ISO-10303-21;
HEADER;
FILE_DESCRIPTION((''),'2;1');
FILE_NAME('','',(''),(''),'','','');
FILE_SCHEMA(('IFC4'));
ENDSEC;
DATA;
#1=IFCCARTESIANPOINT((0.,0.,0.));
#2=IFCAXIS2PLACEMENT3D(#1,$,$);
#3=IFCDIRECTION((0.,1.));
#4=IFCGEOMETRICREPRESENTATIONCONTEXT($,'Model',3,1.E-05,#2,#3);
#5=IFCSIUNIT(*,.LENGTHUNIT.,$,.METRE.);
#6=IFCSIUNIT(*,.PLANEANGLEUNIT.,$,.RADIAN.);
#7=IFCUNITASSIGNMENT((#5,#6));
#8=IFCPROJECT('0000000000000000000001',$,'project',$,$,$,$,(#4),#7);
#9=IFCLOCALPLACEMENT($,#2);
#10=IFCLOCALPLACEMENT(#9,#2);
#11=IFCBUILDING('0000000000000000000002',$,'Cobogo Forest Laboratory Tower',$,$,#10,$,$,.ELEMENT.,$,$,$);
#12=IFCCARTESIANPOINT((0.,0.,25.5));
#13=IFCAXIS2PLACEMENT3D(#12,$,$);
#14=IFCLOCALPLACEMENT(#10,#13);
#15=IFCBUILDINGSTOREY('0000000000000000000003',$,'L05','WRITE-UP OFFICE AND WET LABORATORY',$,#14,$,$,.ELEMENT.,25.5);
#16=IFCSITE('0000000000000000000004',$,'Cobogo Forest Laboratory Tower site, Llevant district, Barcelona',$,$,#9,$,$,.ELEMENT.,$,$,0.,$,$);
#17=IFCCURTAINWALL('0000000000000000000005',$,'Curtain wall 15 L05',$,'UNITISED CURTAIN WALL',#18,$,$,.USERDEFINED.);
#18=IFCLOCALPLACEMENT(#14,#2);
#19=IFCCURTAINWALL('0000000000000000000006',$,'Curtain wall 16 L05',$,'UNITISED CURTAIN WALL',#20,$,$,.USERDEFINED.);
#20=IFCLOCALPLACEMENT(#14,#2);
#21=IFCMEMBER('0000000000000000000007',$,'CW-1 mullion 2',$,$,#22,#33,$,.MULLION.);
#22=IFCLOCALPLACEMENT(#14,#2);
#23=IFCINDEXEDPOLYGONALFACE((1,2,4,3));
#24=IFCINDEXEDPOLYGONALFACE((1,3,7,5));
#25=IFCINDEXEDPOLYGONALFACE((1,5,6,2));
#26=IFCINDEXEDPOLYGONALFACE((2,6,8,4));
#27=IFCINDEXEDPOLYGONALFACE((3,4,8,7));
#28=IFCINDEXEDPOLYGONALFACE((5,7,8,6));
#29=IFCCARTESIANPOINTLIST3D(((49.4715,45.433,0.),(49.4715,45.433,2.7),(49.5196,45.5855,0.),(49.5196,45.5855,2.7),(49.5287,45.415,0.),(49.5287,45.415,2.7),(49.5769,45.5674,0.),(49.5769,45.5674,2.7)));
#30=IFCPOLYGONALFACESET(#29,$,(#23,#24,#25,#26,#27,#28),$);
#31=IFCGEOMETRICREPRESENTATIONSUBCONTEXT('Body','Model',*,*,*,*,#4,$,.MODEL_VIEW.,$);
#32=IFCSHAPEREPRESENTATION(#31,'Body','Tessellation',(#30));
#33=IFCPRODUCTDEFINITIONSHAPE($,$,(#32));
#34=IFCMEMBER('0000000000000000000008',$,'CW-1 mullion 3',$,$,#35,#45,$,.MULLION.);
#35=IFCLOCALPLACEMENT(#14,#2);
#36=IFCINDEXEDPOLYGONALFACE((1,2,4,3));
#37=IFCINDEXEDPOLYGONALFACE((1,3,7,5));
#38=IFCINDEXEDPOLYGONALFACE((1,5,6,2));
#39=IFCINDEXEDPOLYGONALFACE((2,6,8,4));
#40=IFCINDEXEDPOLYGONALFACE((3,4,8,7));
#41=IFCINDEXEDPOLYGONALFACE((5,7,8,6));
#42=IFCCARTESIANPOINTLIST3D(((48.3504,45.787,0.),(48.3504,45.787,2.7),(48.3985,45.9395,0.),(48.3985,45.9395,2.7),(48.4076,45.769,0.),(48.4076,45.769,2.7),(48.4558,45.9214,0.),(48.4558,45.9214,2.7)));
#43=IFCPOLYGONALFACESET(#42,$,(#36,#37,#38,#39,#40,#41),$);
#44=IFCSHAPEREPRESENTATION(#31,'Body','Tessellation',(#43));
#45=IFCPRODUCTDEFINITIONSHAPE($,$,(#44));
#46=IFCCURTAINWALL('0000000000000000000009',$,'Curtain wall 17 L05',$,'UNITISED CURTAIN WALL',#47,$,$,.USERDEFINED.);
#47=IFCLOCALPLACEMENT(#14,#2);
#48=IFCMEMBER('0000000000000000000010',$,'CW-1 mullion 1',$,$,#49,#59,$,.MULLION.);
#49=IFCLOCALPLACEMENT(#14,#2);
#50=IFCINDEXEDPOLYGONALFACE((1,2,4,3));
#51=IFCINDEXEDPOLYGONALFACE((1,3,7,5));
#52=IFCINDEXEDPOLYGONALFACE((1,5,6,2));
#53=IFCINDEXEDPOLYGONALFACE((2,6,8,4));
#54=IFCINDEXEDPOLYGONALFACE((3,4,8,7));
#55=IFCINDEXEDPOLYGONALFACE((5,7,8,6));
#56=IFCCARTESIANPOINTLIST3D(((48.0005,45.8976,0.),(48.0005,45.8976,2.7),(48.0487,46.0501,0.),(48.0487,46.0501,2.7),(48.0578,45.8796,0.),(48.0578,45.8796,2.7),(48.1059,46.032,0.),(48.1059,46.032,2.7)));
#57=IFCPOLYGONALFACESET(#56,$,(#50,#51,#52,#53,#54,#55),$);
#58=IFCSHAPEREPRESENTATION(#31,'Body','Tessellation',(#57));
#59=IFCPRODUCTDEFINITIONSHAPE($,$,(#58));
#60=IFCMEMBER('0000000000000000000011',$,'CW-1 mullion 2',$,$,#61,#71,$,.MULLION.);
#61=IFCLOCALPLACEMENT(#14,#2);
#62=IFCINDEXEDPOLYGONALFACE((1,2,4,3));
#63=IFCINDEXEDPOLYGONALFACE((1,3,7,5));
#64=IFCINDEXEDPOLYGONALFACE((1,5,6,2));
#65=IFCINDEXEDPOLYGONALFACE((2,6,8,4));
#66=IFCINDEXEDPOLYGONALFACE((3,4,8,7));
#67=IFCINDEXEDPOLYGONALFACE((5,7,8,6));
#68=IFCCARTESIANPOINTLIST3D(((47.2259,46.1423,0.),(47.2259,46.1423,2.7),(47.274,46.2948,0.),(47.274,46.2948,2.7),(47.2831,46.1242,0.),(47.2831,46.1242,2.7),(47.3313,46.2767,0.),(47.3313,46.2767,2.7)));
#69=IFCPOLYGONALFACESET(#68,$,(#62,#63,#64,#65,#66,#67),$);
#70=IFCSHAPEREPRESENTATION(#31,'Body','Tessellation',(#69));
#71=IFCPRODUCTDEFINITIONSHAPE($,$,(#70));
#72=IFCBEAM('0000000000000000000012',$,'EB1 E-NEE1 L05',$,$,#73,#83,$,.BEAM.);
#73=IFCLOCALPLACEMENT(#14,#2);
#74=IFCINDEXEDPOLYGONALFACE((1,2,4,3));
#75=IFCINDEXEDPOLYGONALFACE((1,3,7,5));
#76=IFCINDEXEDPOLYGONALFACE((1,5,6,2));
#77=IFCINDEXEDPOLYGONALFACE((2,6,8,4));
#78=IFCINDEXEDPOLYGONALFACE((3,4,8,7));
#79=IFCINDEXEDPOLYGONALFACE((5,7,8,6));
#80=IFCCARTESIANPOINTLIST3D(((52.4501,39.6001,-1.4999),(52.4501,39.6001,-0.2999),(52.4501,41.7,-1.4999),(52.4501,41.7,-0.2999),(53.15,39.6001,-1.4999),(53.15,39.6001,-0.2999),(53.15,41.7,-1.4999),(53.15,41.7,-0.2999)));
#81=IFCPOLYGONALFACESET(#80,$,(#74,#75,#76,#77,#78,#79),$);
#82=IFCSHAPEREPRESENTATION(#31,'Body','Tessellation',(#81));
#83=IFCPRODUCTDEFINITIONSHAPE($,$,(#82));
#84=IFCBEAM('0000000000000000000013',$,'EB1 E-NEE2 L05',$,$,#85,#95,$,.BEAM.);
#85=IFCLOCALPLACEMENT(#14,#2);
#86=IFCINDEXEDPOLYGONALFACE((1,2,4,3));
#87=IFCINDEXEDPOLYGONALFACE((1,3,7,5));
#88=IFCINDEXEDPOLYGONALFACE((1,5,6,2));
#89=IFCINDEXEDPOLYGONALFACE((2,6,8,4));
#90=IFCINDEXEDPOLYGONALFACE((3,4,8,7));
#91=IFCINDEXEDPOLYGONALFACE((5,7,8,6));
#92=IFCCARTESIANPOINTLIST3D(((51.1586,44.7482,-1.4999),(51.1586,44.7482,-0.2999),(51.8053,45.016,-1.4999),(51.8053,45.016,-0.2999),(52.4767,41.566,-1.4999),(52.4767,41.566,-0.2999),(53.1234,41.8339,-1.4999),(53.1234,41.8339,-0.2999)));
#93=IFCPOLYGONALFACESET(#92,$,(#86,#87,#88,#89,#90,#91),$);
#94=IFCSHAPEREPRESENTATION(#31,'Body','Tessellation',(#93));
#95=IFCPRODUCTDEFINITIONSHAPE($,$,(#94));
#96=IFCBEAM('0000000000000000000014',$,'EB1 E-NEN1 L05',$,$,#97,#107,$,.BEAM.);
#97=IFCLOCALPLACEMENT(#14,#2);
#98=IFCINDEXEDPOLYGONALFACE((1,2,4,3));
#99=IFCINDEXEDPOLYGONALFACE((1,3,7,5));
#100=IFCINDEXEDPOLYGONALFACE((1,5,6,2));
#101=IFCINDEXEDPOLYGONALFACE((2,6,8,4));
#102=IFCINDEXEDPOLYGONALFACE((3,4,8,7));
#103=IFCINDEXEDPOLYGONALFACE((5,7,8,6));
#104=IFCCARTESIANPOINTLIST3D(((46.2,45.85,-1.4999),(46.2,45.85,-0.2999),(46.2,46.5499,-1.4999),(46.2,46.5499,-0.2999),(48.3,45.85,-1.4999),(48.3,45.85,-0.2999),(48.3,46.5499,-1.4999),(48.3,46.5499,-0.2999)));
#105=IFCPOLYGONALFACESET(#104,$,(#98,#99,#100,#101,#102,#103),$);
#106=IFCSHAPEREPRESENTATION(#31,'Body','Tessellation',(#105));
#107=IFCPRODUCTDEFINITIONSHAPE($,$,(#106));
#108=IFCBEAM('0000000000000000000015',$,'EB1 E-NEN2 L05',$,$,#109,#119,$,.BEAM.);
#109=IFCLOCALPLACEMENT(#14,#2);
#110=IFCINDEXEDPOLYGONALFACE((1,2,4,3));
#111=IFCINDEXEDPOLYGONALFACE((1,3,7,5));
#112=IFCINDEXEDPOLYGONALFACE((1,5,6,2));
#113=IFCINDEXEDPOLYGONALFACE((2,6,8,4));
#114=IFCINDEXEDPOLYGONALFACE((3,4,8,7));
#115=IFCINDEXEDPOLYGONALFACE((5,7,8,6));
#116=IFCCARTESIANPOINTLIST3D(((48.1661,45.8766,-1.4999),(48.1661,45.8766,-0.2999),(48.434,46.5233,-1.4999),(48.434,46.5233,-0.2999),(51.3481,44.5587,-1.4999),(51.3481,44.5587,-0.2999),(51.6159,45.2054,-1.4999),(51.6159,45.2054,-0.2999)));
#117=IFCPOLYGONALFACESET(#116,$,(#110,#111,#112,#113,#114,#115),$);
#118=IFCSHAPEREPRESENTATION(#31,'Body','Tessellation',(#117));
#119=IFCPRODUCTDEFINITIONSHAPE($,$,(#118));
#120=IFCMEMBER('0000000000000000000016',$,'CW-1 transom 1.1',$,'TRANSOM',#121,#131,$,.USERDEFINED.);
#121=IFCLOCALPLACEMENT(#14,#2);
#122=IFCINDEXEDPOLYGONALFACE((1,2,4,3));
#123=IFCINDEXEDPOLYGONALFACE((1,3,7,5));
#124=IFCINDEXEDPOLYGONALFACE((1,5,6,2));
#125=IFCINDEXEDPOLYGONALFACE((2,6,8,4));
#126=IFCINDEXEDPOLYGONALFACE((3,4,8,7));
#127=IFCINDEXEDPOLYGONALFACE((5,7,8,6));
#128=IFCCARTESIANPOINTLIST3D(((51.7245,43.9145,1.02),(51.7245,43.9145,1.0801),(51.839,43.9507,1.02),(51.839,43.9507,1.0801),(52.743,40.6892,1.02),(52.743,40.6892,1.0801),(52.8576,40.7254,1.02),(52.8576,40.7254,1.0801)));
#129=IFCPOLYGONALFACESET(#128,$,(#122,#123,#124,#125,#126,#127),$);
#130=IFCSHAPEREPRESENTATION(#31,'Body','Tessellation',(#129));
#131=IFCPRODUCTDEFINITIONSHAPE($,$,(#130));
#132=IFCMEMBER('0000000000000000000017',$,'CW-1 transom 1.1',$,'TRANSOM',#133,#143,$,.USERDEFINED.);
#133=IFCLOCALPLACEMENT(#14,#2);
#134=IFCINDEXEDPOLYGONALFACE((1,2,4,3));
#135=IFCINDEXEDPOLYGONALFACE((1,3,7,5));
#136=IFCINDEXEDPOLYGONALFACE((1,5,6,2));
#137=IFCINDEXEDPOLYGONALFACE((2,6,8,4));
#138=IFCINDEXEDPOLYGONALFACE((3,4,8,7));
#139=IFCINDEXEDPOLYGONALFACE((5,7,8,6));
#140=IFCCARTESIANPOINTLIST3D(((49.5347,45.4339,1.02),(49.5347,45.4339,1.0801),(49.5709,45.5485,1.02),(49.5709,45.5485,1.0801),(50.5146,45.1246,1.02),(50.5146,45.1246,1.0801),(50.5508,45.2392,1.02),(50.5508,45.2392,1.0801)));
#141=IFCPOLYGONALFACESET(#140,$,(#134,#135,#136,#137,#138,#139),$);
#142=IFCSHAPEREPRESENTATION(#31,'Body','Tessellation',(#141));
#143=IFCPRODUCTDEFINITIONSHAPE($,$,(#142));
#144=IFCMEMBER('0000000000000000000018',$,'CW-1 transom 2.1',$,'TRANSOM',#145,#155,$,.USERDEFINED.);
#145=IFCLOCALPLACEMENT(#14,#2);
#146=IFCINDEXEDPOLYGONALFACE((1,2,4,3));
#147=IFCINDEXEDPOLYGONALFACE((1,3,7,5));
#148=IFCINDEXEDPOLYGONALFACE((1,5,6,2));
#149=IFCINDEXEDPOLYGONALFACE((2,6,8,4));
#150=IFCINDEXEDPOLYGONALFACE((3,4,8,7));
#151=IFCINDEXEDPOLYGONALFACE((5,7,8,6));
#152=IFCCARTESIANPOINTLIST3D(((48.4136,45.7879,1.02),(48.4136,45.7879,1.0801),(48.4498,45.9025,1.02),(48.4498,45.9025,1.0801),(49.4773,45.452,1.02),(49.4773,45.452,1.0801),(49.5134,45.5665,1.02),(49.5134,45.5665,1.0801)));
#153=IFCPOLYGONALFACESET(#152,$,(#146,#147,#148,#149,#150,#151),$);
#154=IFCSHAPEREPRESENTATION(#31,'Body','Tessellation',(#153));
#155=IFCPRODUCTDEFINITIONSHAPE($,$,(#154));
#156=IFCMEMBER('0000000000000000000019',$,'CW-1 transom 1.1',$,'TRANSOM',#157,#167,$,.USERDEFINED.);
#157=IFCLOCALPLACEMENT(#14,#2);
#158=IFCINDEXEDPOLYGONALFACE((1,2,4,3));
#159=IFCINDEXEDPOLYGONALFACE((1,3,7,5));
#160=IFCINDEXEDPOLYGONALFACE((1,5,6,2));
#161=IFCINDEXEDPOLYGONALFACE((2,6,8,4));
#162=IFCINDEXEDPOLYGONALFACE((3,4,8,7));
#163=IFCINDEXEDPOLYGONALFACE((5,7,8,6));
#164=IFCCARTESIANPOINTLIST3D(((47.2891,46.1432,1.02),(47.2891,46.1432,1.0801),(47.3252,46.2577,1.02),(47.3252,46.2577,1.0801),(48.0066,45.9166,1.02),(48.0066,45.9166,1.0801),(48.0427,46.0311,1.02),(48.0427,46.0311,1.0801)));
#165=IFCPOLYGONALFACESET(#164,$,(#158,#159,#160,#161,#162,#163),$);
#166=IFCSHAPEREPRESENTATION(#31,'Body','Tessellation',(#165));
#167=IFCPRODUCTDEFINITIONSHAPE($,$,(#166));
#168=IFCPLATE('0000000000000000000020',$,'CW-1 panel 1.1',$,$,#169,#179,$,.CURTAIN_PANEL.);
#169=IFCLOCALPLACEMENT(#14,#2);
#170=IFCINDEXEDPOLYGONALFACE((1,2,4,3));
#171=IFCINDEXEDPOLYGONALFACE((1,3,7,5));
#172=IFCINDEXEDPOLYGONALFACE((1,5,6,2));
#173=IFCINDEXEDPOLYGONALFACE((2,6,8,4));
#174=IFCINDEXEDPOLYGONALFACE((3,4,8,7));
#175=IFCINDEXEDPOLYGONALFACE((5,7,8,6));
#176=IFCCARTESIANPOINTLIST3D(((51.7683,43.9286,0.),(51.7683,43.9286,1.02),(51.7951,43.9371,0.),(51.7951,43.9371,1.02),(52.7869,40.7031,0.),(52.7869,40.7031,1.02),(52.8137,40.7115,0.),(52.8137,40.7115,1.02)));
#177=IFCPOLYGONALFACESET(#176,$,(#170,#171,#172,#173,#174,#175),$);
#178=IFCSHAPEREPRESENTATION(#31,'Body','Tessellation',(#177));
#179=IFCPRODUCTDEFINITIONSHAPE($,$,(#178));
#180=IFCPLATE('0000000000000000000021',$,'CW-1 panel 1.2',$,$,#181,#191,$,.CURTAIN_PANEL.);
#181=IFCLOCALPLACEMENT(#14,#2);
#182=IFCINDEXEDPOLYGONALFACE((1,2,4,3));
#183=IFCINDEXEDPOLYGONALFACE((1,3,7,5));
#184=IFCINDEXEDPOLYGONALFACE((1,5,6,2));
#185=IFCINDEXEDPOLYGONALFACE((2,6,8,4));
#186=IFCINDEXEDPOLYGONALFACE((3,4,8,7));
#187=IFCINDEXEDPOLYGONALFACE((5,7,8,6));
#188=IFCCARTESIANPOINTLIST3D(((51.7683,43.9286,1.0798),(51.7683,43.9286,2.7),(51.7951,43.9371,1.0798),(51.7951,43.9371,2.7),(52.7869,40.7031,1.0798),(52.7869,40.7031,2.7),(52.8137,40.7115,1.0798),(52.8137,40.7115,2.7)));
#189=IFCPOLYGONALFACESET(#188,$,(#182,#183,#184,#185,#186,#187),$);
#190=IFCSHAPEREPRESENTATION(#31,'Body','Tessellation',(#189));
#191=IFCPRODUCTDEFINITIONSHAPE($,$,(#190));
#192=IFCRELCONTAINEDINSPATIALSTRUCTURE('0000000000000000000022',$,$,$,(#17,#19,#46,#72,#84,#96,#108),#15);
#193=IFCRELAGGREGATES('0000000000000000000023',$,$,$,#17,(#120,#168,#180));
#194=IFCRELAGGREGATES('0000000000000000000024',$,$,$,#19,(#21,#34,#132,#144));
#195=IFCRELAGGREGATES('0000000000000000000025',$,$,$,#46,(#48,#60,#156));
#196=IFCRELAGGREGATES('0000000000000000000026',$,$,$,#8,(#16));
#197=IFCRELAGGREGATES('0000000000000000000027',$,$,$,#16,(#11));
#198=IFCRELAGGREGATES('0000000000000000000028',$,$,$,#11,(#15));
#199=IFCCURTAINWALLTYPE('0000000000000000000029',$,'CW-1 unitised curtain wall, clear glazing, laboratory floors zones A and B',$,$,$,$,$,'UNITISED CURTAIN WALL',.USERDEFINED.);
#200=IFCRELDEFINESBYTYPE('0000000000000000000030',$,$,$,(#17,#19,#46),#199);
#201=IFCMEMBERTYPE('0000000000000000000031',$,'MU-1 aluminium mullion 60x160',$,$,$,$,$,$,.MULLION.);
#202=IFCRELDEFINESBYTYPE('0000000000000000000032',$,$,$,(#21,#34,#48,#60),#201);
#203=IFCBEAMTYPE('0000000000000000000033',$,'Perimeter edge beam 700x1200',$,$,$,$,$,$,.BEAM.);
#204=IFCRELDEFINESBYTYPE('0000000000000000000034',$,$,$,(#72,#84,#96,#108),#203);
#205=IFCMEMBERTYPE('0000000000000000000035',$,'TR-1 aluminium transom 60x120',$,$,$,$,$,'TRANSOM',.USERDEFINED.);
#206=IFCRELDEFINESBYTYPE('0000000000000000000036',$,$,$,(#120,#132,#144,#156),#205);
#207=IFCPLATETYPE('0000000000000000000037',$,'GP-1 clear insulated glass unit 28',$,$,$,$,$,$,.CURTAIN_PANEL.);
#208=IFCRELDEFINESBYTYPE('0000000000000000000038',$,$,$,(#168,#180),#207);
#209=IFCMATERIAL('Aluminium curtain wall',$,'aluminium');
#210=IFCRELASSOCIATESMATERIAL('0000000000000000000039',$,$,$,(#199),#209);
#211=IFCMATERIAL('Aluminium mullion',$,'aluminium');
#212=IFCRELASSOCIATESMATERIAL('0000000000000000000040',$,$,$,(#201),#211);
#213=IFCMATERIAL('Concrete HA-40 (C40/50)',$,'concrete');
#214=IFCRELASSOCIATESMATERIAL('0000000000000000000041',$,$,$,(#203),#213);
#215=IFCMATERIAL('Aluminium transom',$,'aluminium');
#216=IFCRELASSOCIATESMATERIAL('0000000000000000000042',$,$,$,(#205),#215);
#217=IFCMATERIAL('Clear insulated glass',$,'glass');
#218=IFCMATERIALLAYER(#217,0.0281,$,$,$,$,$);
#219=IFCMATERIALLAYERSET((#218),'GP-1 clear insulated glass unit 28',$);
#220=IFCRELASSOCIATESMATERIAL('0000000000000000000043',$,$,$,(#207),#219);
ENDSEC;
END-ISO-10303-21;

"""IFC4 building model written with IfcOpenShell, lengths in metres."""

from ifc_helpers import new_model, si_unit, direction, frame, origin, origin_2d, place, context, subcontext, project, spatial, rectangle, extrude, material, layer, layer_set, material_profile, profile_set, type_object, element, aggregate, save


model = new_model("IFC4")

# Units and contexts
model_context = context("Model", 3, precision=1e-05, world=origin(), true_north=direction((0.0, 1.0)))
body_context = subcontext(model_context, "Body", "Model", "MODEL_VIEW")
ifc_project = project(units=[si_unit("LENGTHUNIT", "METRE"), si_unit("PLANEANGLEUNIT", "RADIAN")], contexts=[model_context])

# Site, building, storey
site_placement = place(None, origin())
site = spatial("IfcSite", under=ifc_project, at=site_placement, Name="Cobogo Forest Laboratory Tower site, Llevant district, Barcelona", CompositionType="ELEMENT", RefElevation=0.0)
building_placement = place(site_placement, origin())
building = spatial("IfcBuilding", under=site, at=building_placement, Name="Cobogo Forest Laboratory Tower", CompositionType="ELEMENT")
storey_placement = place(building_placement, frame((0.0, 0.0, 25.5)))
storey = spatial("IfcBuildingStorey", under=building, at=storey_placement, Name="L05", Description="WRITE-UP OFFICE AND WET LABORATORY", CompositionType="ELEMENT", Elevation=25.5)

# Shared definitions
ifc_material_1 = material(Name="Concrete HA-40 (C40/50)", Category="concrete")

# Curtain walls, members
ifc_material_2 = material(Name="Aluminium curtain wall", Category="aluminium")
curtain_wall_type = type_object("IfcCurtainWallType", Name="CW-1 unitised curtain wall, clear glazing, laboratory floors zones A and B", ElementType="UNITISED CURTAIN WALL", PredefinedType="USERDEFINED", material=ifc_material_2)
curtain_wall_1_placement = place(storey_placement, origin())
curtain_wall_1 = element("IfcCurtainWall", 1, at=curtain_wall_1_placement, inside=storey, type_object=curtain_wall_type, Name="Curtain wall 15 L05", ObjectType="UNITISED CURTAIN WALL", PredefinedType="USERDEFINED")
ifc_material_3 = material(Name="Aluminium mullion", Category="aluminium")
ifc_material_profile_1 = material_profile(ifc_material_3, rectangle(XDim=0.0601, YDim=0.1599, at=origin_2d()), Name="AL 60x160")
ifc_profile_set_1 = profile_set([ifc_material_profile_1], Name="Aluminium mullion")
member_type_1 = type_object("IfcMemberType", Name="MU-1 aluminium mullion 60x160", PredefinedType="MULLION", material=ifc_profile_set_1)
curtain_wall_2_placement = place(storey_placement, origin())
curtain_wall_2 = element("IfcCurtainWall", 2, at=curtain_wall_2_placement, inside=storey, type_object=curtain_wall_type, Name="Curtain wall 16 L05", ObjectType="UNITISED CURTAIN WALL", PredefinedType="USERDEFINED")
member_1_placement = place(storey_placement, frame((49.5242, 45.5002, 0.0), z_axis=(0.0, 0.0, 1.0), x_axis=(-0.953581, 0.301135, 0.0)))
member_1 = element("IfcMember", 3, at=member_1_placement, type_object=member_type_1, Name="CW-1 mullion 2", PredefinedType="MULLION", context=body_context, shape_type="SweptSolid", body=[
    extrude(rectangle(XDim=0.0601, YDim=0.1599, at=origin_2d()), origin(), (0.0, 0.0, 1.0), 2.7),
])
member_2_placement = place(storey_placement, frame((48.4031, 45.8542, 0.0), z_axis=(0.0, 0.0, 1.0), x_axis=(-0.953581, 0.301135, 0.0)))
member_2 = element("IfcMember", 4, at=member_2_placement, type_object=member_type_1, Name="CW-1 mullion 3", PredefinedType="MULLION", context=body_context, shape_type="SweptSolid", body=[
    extrude(rectangle(XDim=0.0601, YDim=0.1599, at=origin_2d()), origin(), (0.0, 0.0, 1.0), 2.7),
])
curtain_wall_3_placement = place(storey_placement, origin())
curtain_wall_3 = element("IfcCurtainWall", 5, at=curtain_wall_3_placement, inside=storey, type_object=curtain_wall_type, Name="Curtain wall 17 L05", ObjectType="UNITISED CURTAIN WALL", PredefinedType="USERDEFINED")
member_3_placement = place(storey_placement, frame((48.0532, 45.9648, 0.0), z_axis=(0.0, 0.0, 1.0), x_axis=(-0.953582, 0.301135, 0.0)))
member_3 = element("IfcMember", 6, at=member_3_placement, type_object=member_type_1, Name="CW-1 mullion 1", PredefinedType="MULLION", context=body_context, shape_type="SweptSolid", body=[
    extrude(rectangle(XDim=0.0601, YDim=0.1599, at=origin_2d()), origin(), (0.0, 0.0, 1.0), 2.7),
])
member_4_placement = place(storey_placement, frame((47.2786, 46.2095, 0.0), z_axis=(0.0, 0.0, 1.0), x_axis=(-0.953582, 0.301135, 0.0)))
member_4 = element("IfcMember", 7, at=member_4_placement, type_object=member_type_1, Name="CW-1 mullion 2", PredefinedType="MULLION", context=body_context, shape_type="SweptSolid", body=[
    extrude(rectangle(XDim=0.0601, YDim=0.1599, at=origin_2d()), origin(), (0.0, 0.0, 1.0), 2.7),
])

# Beams
ifc_material_profile_2 = material_profile(ifc_material_1, rectangle(XDim=0.7, YDim=1.2, at=origin_2d()), Name="RC 700x1200")
ifc_profile_set_2 = profile_set([ifc_material_profile_2], Name="Concrete HA-40 (C40/50)")
beam_type_1 = type_object("IfcBeamType", Name="Perimeter edge beam 700x1200", PredefinedType="BEAM", material=ifc_profile_set_2)
beam_1_placement = place(storey_placement, frame((52.8, 39.6001, -0.8999), z_axis=(0.0, 1.0, 0.0), x_axis=(-1.0, 0.0, 0.0)))
element("IfcBeam", 8, at=beam_1_placement, inside=storey, type_object=beam_type_1, Name="EB1 E-NEE1 L05", PredefinedType="BEAM", context=body_context, shape_type="SweptSolid", body=[
    extrude(rectangle(XDim=0.7, YDim=1.2, at=origin_2d()), origin(), (0.0, 0.0, 1.0), 2.0999),
])
beam_2_placement = place(storey_placement, frame((52.8, 41.7, -0.8999), z_axis=(-0.382692, 0.923876, 0.0), x_axis=(-0.923876, -0.382692, 0.0)))
element("IfcBeam", 9, at=beam_2_placement, inside=storey, type_object=beam_type_1, Name="EB1 E-NEE2 L05", PredefinedType="BEAM", context=body_context, shape_type="SweptSolid", body=[
    extrude(rectangle(XDim=0.7, YDim=1.2, at=origin_2d()), origin(), (0.0, 0.0, 1.0), 3.4443),
])
beam_3_placement = place(storey_placement, frame((46.2, 46.2, -0.8999), z_axis=(1.0, 0.0, 0.0), x_axis=(0.0, 1.0, 0.0)))
element("IfcBeam", 10, at=beam_3_placement, inside=storey, type_object=beam_type_1, Name="EB1 E-NEN1 L05", PredefinedType="BEAM", context=body_context, shape_type="SweptSolid", body=[
    extrude(rectangle(XDim=0.7, YDim=1.2, at=origin_2d()), origin(), (0.0, 0.0, 1.0), 2.1001),
])
beam_4_placement = place(storey_placement, frame((48.3, 46.2, -0.8999), z_axis=(0.923891, -0.382656, 0.0), x_axis=(0.382656, 0.923891, 0.0)))
element("IfcBeam", 11, at=beam_4_placement, inside=storey, type_object=beam_type_1, Name="EB1 E-NEN2 L05", PredefinedType="BEAM", context=body_context, shape_type="SweptSolid", body=[
    extrude(rectangle(XDim=0.7, YDim=1.2, at=origin_2d()), origin(), (0.0, 0.0, 1.0), 3.4441),
])

# Members
ifc_material_4 = material(Name="Aluminium transom", Category="aluminium")
ifc_material_profile_3 = material_profile(ifc_material_4, rectangle(XDim=0.1201, YDim=0.0601, at=origin_2d()), Name="AL 60x120")
ifc_profile_set_3 = profile_set([ifc_material_profile_3], Name="Aluminium transom")
member_type_2 = type_object("IfcMemberType", Name="TR-1 aluminium transom 60x120", ElementType="TRANSOM", PredefinedType="USERDEFINED", material=ifc_profile_set_3)
member_5_placement = place(storey_placement, frame((52.8003, 40.7073, 1.05), z_axis=(-0.301138, 0.95358, 0.0), x_axis=(-0.95358, -0.301138, 0.0)))
member_5 = element("IfcMember", 12, at=member_5_placement, type_object=member_type_2, Name="CW-1 transom 1.1", ObjectType="TRANSOM", PredefinedType="USERDEFINED", context=body_context, shape_type="SweptSolid", body=[
    extrude(rectangle(XDim=0.1201, YDim=0.0601, at=origin_2d()), origin(), (0.0, 0.0, 1.0), 3.3823),
])
member_6_placement = place(storey_placement, frame((50.5327, 45.1819, 1.05), z_axis=(-0.953622, 0.301006, 0.0), x_axis=(-0.301006, -0.953622, 0.0)))
member_6 = element("IfcMember", 13, at=member_6_placement, type_object=member_type_2, Name="CW-1 transom 1.1", ObjectType="TRANSOM", PredefinedType="USERDEFINED", context=body_context, shape_type="SweptSolid", body=[
    extrude(rectangle(XDim=0.1201, YDim=0.0601, at=origin_2d()), origin(), (0.0, 0.0, 1.0), 1.0276),
])
member_7_placement = place(storey_placement, frame((49.4954, 45.5093, 1.05), z_axis=(-0.953576, 0.301152, 0.0), x_axis=(-0.301152, -0.953576, 0.0)))
member_7 = element("IfcMember", 14, at=member_7_placement, type_object=member_type_2, Name="CW-1 transom 2.1", ObjectType="TRANSOM", PredefinedType="USERDEFINED", context=body_context, shape_type="SweptSolid", body=[
    extrude(rectangle(XDim=0.1201, YDim=0.0601, at=origin_2d()), origin(), (0.0, 0.0, 1.0), 1.1155),
])
member_8_placement = place(storey_placement, frame((48.0247, 45.9739, 1.05), z_axis=(-0.953592, 0.3011, 0.0), x_axis=(-0.3011, -0.953592, 0.0)))
member_8 = element("IfcMember", 15, at=member_8_placement, type_object=member_type_2, Name="CW-1 transom 1.1", ObjectType="TRANSOM", PredefinedType="USERDEFINED", context=body_context, shape_type="SweptSolid", body=[
    extrude(rectangle(XDim=0.1201, YDim=0.0601, at=origin_2d()), origin(), (0.0, 0.0, 1.0), 0.7524),
])

# Plates
ifc_material_5 = material(Name="Clear insulated glass", Category="glass")
ifc_layer_1 = layer(ifc_material_5, 0.0281)
ifc_layer_set_1 = layer_set([ifc_layer_1], Name="GP-1 clear insulated glass unit 28")
plate_type = type_object("IfcPlateType", Name="GP-1 clear insulated glass unit 28", PredefinedType="CURTAIN_PANEL", material=ifc_layer_set_1)
plate_1_placement = place(storey_placement, frame((52.291, 42.3201, 0.0), z_axis=(0.0, 0.0, 1.0), x_axis=(-0.301135, 0.953581, 0.0)))
plate_1 = element("IfcPlate", 16, at=plate_1_placement, type_object=plate_type, Name="CW-1 panel 1.1", PredefinedType="CURTAIN_PANEL", context=body_context, shape_type="SweptSolid", body=[
    extrude(rectangle(XDim=3.3826, YDim=0.0281, at=origin_2d()), origin(), (0.0, 0.0, 1.0), 1.02),
])
plate_2_placement = place(storey_placement, frame((52.291, 42.3201, 1.0798), z_axis=(0.0, 0.0, 1.0), x_axis=(-0.301135, 0.953581, 0.0)))
plate_2 = element("IfcPlate", 17, at=plate_2_placement, type_object=plate_type, Name="CW-1 panel 1.2", PredefinedType="CURTAIN_PANEL", context=body_context, shape_type="SweptSolid", body=[
    extrude(rectangle(XDim=3.3826, YDim=0.0281, at=origin_2d()), origin(), (0.0, 0.0, 1.0), 1.6201),
])
aggregate(curtain_wall_1, [member_5, plate_1, plate_2])
aggregate(curtain_wall_2, [member_1, member_2, member_6, member_7])
aggregate(curtain_wall_3, [member_3, member_4, member_8])

save(model, "model.ifc")
